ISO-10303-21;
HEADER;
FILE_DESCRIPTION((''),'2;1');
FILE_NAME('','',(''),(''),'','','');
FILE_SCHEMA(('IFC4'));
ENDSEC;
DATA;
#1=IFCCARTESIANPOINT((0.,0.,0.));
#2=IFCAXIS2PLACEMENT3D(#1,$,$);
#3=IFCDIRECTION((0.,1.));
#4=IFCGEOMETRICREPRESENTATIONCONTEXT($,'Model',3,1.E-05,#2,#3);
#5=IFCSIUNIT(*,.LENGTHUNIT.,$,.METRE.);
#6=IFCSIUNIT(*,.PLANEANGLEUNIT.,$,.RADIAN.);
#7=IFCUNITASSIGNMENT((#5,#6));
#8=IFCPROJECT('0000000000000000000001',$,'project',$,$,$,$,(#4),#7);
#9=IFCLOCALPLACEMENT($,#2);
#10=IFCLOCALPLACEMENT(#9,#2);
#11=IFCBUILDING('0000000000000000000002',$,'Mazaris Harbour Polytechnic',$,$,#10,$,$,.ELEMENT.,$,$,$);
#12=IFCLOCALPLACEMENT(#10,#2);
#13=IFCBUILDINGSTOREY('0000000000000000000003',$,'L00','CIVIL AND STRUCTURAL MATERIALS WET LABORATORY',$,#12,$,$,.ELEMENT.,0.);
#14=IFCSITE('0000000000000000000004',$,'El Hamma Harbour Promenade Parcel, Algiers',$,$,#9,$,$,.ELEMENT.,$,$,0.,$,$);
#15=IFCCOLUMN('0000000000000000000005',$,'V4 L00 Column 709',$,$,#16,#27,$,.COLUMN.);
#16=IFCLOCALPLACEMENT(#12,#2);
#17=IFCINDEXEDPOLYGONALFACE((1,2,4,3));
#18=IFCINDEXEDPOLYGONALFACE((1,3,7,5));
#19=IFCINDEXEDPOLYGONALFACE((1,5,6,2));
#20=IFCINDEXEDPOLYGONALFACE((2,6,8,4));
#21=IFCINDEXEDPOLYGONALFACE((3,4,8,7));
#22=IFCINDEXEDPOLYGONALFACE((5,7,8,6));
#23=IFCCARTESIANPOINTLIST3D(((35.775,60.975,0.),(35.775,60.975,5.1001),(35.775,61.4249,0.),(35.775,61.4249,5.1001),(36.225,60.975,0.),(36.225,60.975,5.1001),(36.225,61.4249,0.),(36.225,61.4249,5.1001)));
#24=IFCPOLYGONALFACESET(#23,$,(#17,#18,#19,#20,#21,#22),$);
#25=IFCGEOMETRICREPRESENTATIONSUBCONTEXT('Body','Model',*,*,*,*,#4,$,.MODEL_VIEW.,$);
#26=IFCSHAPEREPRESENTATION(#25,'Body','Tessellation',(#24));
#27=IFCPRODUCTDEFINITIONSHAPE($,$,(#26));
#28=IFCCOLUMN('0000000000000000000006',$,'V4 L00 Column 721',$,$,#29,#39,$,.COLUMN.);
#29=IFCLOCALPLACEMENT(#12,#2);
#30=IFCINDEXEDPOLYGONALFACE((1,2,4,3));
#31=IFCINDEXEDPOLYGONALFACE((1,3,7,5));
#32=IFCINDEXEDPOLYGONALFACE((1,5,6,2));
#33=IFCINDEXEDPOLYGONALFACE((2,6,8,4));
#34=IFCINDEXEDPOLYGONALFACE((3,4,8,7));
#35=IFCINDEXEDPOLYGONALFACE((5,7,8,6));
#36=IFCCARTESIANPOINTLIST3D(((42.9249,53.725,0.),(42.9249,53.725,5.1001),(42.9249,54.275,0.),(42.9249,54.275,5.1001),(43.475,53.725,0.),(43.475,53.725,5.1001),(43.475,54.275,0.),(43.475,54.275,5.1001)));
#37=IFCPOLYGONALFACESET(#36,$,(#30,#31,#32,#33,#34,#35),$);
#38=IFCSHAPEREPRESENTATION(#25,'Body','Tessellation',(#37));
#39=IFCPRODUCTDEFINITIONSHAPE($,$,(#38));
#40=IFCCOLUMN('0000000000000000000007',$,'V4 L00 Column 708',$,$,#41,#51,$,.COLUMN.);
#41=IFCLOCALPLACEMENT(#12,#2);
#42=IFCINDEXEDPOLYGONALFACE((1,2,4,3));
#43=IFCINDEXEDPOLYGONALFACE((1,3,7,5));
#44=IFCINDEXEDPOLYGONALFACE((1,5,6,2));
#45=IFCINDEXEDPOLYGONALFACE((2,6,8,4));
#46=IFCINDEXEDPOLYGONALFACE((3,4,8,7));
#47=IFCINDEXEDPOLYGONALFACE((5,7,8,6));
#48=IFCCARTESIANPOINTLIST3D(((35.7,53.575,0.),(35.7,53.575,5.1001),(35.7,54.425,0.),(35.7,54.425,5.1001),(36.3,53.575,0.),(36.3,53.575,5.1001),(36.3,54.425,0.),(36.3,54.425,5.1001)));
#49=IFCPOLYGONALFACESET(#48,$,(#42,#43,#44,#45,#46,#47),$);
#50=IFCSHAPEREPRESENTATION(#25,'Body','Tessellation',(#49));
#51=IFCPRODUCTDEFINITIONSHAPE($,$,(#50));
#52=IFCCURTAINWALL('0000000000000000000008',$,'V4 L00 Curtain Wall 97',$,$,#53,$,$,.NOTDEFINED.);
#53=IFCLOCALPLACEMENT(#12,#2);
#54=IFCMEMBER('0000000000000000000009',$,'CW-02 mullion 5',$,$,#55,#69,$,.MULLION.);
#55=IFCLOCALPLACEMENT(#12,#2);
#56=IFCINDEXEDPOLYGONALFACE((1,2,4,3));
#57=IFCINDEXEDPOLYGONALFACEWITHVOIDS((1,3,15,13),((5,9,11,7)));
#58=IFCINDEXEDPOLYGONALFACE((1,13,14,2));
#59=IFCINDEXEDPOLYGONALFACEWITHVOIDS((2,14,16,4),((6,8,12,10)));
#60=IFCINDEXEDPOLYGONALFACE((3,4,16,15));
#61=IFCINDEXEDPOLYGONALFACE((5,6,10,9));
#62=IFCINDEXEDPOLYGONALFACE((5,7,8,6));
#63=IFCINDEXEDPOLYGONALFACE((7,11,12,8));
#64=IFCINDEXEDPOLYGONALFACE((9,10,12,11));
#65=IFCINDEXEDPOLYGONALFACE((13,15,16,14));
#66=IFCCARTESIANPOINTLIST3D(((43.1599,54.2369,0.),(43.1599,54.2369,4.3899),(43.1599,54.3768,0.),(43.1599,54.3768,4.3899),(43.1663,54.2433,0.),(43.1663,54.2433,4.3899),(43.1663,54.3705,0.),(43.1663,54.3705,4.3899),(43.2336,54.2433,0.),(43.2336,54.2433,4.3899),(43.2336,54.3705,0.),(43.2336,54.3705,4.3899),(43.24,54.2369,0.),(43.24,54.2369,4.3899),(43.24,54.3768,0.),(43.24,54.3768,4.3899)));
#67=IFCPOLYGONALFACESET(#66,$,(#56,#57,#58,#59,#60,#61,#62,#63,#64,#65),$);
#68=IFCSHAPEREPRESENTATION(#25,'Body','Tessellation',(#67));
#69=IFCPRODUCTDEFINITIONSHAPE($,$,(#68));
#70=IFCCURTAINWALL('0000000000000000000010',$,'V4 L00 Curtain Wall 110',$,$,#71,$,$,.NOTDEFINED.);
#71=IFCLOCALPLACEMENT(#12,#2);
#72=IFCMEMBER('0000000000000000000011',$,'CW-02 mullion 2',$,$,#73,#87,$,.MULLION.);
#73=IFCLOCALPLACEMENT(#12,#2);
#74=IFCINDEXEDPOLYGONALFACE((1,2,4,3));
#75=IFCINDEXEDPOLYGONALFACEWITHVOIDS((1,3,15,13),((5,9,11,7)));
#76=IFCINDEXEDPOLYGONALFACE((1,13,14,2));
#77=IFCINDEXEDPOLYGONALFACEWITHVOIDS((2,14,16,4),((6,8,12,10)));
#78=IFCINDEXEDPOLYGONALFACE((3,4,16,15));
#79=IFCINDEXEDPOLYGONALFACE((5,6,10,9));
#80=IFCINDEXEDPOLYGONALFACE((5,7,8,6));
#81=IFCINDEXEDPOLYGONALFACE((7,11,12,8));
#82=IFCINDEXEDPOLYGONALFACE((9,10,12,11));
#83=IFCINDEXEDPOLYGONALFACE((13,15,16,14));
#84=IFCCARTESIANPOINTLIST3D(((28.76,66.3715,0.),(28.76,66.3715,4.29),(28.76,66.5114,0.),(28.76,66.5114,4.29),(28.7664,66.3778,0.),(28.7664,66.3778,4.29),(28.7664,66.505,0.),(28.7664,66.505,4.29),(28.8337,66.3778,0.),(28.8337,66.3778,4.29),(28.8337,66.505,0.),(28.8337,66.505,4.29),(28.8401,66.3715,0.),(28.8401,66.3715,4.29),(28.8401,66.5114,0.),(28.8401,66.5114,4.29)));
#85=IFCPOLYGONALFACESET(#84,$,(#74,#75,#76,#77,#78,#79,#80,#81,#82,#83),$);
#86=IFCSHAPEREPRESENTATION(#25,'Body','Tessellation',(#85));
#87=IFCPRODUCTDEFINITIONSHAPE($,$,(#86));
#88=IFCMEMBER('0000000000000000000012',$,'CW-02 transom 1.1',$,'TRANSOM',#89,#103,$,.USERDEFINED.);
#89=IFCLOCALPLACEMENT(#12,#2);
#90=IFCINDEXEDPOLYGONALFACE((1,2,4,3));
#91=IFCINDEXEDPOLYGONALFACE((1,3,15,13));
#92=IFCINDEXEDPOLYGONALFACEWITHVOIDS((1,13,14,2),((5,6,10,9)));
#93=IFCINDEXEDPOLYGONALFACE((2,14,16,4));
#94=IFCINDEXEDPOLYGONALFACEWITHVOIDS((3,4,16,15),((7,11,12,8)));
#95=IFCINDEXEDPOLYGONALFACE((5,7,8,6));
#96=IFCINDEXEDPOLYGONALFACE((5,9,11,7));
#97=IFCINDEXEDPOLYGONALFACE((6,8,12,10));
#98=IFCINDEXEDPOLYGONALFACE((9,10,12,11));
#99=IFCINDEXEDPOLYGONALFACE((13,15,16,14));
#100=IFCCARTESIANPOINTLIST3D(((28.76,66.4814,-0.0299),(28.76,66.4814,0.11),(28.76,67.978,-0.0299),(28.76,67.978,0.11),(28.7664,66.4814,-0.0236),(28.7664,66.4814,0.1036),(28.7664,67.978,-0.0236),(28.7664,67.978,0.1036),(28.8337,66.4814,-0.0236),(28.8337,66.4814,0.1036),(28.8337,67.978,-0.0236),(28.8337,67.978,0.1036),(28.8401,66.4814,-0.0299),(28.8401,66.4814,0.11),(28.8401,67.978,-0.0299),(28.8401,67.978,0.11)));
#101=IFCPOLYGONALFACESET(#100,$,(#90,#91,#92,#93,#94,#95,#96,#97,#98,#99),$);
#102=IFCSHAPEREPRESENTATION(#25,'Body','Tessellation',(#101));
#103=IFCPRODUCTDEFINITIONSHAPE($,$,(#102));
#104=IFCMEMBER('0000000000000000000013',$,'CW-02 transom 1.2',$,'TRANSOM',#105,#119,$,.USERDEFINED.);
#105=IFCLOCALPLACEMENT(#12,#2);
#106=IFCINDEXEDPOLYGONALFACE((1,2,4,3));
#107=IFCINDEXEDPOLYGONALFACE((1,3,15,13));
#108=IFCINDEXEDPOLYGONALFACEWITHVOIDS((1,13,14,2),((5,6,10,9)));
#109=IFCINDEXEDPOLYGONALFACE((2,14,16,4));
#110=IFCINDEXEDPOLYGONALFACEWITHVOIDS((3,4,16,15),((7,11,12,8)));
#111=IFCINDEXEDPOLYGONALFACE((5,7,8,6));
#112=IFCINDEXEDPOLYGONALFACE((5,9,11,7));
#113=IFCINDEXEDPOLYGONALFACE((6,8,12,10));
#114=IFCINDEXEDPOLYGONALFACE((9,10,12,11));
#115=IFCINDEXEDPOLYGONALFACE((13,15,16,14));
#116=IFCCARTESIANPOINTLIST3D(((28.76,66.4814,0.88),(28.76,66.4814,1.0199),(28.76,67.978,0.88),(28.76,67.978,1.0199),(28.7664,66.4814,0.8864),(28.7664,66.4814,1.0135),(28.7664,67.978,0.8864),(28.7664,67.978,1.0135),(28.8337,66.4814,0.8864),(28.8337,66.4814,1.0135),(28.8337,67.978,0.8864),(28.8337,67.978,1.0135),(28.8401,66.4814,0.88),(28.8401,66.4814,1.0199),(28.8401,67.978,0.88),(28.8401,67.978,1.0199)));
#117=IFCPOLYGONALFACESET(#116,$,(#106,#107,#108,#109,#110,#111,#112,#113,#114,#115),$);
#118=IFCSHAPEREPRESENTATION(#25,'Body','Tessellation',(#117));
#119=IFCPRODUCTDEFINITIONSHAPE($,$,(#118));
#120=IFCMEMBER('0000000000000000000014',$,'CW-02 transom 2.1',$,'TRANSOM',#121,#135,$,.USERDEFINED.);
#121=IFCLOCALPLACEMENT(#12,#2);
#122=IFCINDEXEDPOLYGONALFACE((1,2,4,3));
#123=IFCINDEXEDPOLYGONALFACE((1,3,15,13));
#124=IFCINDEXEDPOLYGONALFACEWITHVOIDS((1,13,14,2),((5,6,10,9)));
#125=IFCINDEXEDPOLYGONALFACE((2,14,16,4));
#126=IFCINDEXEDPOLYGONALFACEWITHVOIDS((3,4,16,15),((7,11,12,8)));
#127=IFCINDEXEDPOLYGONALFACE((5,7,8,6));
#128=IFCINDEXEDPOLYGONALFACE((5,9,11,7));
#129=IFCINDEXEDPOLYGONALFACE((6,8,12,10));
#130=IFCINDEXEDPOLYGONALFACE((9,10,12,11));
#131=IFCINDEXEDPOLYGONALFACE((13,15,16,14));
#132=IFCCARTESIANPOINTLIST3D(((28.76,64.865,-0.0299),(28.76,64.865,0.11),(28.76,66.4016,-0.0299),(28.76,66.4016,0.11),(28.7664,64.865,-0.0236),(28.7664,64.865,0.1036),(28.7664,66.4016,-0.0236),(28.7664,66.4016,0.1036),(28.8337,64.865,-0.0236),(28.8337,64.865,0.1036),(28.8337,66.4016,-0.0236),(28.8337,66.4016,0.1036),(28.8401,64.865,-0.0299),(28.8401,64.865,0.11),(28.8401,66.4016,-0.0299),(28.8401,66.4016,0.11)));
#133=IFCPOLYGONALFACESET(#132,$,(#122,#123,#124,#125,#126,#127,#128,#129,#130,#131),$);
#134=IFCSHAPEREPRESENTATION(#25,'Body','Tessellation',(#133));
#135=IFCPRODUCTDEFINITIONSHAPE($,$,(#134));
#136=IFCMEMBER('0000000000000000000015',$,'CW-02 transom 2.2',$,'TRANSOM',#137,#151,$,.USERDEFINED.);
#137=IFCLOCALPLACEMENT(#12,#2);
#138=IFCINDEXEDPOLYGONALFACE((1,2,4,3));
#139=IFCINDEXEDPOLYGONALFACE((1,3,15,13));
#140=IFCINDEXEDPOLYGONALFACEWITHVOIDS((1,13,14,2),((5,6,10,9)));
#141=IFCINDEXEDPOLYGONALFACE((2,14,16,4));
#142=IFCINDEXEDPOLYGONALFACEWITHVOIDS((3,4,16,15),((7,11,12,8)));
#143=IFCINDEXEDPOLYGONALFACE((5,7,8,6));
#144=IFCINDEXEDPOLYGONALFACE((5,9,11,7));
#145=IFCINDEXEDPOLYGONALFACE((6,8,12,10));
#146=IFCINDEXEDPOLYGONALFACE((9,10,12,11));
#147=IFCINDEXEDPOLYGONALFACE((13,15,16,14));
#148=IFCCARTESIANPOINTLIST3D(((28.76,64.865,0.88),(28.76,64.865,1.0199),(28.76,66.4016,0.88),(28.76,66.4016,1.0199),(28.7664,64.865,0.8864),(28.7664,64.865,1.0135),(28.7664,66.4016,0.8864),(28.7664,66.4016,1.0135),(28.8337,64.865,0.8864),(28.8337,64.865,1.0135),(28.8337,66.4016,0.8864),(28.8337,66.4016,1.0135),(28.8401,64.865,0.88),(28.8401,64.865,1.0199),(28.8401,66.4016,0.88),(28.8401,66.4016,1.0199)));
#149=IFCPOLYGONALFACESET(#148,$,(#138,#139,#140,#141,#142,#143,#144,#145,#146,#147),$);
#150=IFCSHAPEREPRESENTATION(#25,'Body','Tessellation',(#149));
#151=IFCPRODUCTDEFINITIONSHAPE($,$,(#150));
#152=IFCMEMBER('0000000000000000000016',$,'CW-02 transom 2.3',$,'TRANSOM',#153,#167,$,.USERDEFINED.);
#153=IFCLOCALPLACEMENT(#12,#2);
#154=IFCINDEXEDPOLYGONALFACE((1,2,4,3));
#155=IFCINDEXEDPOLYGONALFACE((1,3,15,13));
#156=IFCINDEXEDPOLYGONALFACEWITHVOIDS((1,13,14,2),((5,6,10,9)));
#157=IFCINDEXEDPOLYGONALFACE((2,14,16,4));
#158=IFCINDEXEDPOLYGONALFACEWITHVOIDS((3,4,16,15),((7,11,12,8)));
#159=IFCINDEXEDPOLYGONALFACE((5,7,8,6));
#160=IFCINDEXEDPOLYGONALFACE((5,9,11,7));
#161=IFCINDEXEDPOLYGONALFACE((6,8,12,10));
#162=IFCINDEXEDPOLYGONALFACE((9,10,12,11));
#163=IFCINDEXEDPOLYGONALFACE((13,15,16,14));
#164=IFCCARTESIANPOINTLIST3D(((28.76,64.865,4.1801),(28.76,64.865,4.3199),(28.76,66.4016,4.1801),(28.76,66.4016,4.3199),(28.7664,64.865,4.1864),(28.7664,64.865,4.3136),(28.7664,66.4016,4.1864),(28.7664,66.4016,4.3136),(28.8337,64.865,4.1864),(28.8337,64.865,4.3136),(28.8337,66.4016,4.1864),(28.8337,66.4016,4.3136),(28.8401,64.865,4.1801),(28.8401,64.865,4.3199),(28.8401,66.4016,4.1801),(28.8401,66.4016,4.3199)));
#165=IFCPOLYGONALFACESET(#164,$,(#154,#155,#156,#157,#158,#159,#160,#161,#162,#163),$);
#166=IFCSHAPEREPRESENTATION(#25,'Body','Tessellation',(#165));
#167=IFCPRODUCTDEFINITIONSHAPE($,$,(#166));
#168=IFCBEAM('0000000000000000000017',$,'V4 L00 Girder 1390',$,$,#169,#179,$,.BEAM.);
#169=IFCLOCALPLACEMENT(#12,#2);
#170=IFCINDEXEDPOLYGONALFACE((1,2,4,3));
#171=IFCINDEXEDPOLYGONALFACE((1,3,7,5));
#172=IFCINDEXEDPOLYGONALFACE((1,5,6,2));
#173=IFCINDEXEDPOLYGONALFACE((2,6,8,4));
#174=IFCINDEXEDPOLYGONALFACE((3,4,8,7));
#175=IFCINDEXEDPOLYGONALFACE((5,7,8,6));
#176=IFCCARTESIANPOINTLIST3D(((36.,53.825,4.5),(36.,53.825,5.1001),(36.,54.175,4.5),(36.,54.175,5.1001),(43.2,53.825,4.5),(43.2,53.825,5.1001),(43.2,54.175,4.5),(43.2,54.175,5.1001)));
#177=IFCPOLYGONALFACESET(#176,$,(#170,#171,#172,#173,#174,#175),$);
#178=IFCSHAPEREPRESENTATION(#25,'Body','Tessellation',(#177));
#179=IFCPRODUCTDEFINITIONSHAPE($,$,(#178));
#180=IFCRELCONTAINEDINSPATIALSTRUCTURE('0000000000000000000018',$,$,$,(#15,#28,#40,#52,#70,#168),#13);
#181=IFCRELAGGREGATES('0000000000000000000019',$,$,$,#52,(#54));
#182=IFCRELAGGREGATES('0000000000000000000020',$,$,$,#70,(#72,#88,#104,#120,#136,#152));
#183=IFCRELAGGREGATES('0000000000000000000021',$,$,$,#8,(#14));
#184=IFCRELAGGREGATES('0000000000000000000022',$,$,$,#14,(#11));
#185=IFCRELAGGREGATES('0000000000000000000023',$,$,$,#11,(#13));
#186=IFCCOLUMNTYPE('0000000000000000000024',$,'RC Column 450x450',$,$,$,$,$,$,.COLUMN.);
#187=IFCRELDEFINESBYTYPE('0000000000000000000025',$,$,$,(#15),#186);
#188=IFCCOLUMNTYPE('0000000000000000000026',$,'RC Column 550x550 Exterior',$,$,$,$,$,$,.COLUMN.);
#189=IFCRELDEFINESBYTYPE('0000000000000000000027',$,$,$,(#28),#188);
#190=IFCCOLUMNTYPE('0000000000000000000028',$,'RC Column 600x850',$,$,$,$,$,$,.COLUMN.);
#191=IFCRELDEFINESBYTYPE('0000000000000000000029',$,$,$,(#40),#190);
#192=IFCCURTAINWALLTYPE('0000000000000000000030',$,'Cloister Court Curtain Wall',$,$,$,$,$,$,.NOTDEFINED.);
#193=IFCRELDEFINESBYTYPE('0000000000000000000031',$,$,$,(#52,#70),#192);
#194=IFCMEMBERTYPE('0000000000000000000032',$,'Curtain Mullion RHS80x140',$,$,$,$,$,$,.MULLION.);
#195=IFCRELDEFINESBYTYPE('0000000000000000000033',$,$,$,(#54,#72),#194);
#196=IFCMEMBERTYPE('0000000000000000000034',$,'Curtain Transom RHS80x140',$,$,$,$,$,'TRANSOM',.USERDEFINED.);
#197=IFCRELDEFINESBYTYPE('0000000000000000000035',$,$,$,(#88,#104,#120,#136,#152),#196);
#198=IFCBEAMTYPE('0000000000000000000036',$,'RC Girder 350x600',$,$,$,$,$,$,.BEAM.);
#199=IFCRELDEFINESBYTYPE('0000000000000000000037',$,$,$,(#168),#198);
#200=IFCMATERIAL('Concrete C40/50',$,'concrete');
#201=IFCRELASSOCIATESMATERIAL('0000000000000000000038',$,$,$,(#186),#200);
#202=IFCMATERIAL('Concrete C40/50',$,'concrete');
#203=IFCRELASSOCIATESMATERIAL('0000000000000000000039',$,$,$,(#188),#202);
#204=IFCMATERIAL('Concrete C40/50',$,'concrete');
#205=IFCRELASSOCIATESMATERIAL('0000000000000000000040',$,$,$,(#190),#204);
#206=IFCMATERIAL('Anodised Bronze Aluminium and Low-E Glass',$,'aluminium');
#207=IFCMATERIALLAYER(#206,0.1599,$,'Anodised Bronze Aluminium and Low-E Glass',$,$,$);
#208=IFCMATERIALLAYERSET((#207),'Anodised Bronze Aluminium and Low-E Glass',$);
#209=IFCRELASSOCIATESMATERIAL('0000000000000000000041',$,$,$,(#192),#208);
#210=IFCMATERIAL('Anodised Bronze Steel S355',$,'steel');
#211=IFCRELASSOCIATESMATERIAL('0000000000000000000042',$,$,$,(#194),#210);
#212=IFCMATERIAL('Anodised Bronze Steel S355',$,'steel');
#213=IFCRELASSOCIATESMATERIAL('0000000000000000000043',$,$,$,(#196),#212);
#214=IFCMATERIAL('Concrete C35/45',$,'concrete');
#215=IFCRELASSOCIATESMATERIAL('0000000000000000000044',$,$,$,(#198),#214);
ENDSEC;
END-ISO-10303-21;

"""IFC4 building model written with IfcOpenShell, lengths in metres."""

from ifc_helpers import new_model, si_unit, direction, frame, origin, origin_2d, place, context, subcontext, project, spatial, rectangle, hollow_rectangle, extrude, material, layer, layer_set, material_profile, profile_set, type_object, element, aggregate, save


model = new_model("IFC4")

# Units and contexts
model_context = context("Model", 3, precision=1e-05, world=origin(), true_north=direction((0.0, 1.0)))
body_context = subcontext(model_context, "Body", "Model", "MODEL_VIEW")
ifc_project = project(units=[si_unit("LENGTHUNIT", "METRE"), si_unit("PLANEANGLEUNIT", "RADIAN")], contexts=[model_context])

# Site, building, storey
site_placement = place(None, origin())
site = spatial("IfcSite", under=ifc_project, at=site_placement, Name="El Hamma Harbour Promenade Parcel, Algiers", CompositionType="ELEMENT", RefElevation=0.0)
building_placement = place(site_placement, origin())
building = spatial("IfcBuilding", under=site, at=building_placement, Name="Mazaris Harbour Polytechnic", CompositionType="ELEMENT")
storey_placement = place(building_placement, origin())
storey = spatial("IfcBuildingStorey", under=building, at=storey_placement, Name="L00", Description="CIVIL AND STRUCTURAL MATERIALS WET LABORATORY", CompositionType="ELEMENT", Elevation=0.0)

# Columns
ifc_material_1 = material(Name="Concrete C40/50", Category="concrete")
ifc_material_profile_1 = material_profile(ifc_material_1, rectangle(XDim=0.45, YDim=0.45, at=origin_2d()), Name="RECT450x450")
ifc_profile_set_1 = profile_set([ifc_material_profile_1], Name="Concrete C40/50")
column_type_1 = type_object("IfcColumnType", Name="RC Column 450x450", PredefinedType="COLUMN", material=ifc_profile_set_1)
column_1_placement = place(storey_placement, frame((36.0, 61.2, 0.0), z_axis=(0.0, 0.0, 1.0), x_axis=(1.0, 0.0, 0.0)))
element("IfcColumn", 1, at=column_1_placement, inside=storey, type_object=column_type_1, Name="V4 L00 Column 709", PredefinedType="COLUMN", context=body_context, shape_type="SweptSolid", body=[
    extrude(rectangle(XDim=0.45, YDim=0.45, at=origin_2d()), origin(), (0.0, 0.0, 1.0), 5.1001),
])
ifc_material_2 = material(Name="Concrete C40/50", Category="concrete")
ifc_material_profile_2 = material_profile(ifc_material_2, rectangle(XDim=0.55, YDim=0.55, at=origin_2d()), Name="RECT550x550")
ifc_profile_set_2 = profile_set([ifc_material_profile_2], Name="Concrete C40/50")
column_type_2 = type_object("IfcColumnType", Name="RC Column 550x550 Exterior", PredefinedType="COLUMN", material=ifc_profile_set_2)
column_2_placement = place(storey_placement, frame((43.2, 54.0, 0.0), z_axis=(0.0, 0.0, 1.0), x_axis=(1.0, 0.0, 0.0)))
element("IfcColumn", 2, at=column_2_placement, inside=storey, type_object=column_type_2, Name="V4 L00 Column 721", PredefinedType="COLUMN", context=body_context, shape_type="SweptSolid", body=[
    extrude(rectangle(XDim=0.55, YDim=0.55, at=origin_2d()), origin(), (0.0, 0.0, 1.0), 5.1001),
])
ifc_material_3 = material(Name="Concrete C40/50", Category="concrete")
ifc_material_profile_3 = material_profile(ifc_material_3, rectangle(XDim=0.6001, YDim=0.8501, at=origin_2d()), Name="RECT600x850")
ifc_profile_set_3 = profile_set([ifc_material_profile_3], Name="Concrete C40/50")
column_type_3 = type_object("IfcColumnType", Name="RC Column 600x850", PredefinedType="COLUMN", material=ifc_profile_set_3)
column_3_placement = place(storey_placement, frame((36.0, 54.0, 0.0), z_axis=(0.0, 0.0, 1.0), x_axis=(1.0, 0.0, 0.0)))
element("IfcColumn", 3, at=column_3_placement, inside=storey, type_object=column_type_3, Name="V4 L00 Column 708", PredefinedType="COLUMN", context=body_context, shape_type="SweptSolid", body=[
    extrude(rectangle(XDim=0.6001, YDim=0.8501, at=origin_2d()), origin(), (0.0, 0.0, 1.0), 5.1001),
])

# Curtain wall, member
ifc_material_4 = material(Name="Anodised Bronze Aluminium and Low-E Glass", Category="aluminium")
ifc_layer_1 = layer(ifc_material_4, 0.1599, Name="Anodised Bronze Aluminium and Low-E Glass")
ifc_layer_set_1 = layer_set([ifc_layer_1], Name="Anodised Bronze Aluminium and Low-E Glass")
curtain_wall_type = type_object("IfcCurtainWallType", Name="Cloister Court Curtain Wall", PredefinedType="NOTDEFINED", material=ifc_layer_set_1)
curtain_wall_1_placement = place(storey_placement, origin())
curtain_wall_1 = element("IfcCurtainWall", 4, at=curtain_wall_1_placement, inside=storey, type_object=curtain_wall_type, Name="V4 L00 Curtain Wall 97", PredefinedType="NOTDEFINED")
ifc_material_5 = material(Name="Anodised Bronze Steel S355", Category="steel")
ifc_material_profile_4 = material_profile(ifc_material_5, hollow_rectangle(XDim=0.0801, YDim=0.1399, WallThickness=0.0063, at=origin_2d()), Name="RHS 80x140x6.3")
ifc_profile_set_4 = profile_set([ifc_material_profile_4], Name="Anodised Bronze Steel S355")
member_type_1 = type_object("IfcMemberType", Name="Curtain Mullion RHS80x140", PredefinedType="MULLION", material=ifc_profile_set_4)
member_1_placement = place(storey_placement, frame((43.2, 54.3069, 0.0), z_axis=(0.0, 0.0, 1.0), x_axis=(1.0, 0.0, 0.0)))
member_1 = element("IfcMember", 5, at=member_1_placement, type_object=member_type_1, Name="CW-02 mullion 5", PredefinedType="MULLION", context=body_context, shape_type="SweptSolid", body=[
    extrude(hollow_rectangle(XDim=0.0801, YDim=0.1399, WallThickness=0.0063, at=origin_2d()), origin(), (0.0, 0.0, 1.0), 4.3899),
])

# Curtain wall, members
curtain_wall_2_placement = place(storey_placement, origin())
curtain_wall_2 = element("IfcCurtainWall", 6, at=curtain_wall_2_placement, inside=storey, type_object=curtain_wall_type, Name="V4 L00 Curtain Wall 110", PredefinedType="NOTDEFINED")
member_2_placement = place(storey_placement, frame((28.8, 66.4414, 0.0), z_axis=(0.0, 0.0, 1.0), x_axis=(1.0, 0.0, 0.0)))
member_2 = element("IfcMember", 7, at=member_2_placement, type_object=member_type_1, Name="CW-02 mullion 2", PredefinedType="MULLION", context=body_context, shape_type="SweptSolid", body=[
    extrude(hollow_rectangle(XDim=0.0801, YDim=0.1399, WallThickness=0.0063, at=origin_2d()), origin(), (0.0, 0.0, 1.0), 4.29),
])
ifc_material_6 = material(Name="Anodised Bronze Steel S355", Category="steel")
ifc_material_profile_5 = material_profile(ifc_material_6, hollow_rectangle(XDim=0.0801, YDim=0.1399, WallThickness=0.0063, at=origin_2d()), Name="RHS 80x140x6.3")
ifc_profile_set_5 = profile_set([ifc_material_profile_5], Name="Anodised Bronze Steel S355")
member_type_2 = type_object("IfcMemberType", Name="Curtain Transom RHS80x140", ElementType="TRANSOM", PredefinedType="USERDEFINED", material=ifc_profile_set_5)
member_3_placement = place(storey_placement, frame((28.8, 67.978, 0.04), z_axis=(0.0, -1.0, 0.0), x_axis=(1.0, 0.0, 0.0)))
member_3 = element("IfcMember", 8, at=member_3_placement, type_object=member_type_2, Name="CW-02 transom 1.1", ObjectType="TRANSOM", PredefinedType="USERDEFINED", context=body_context, shape_type="SweptSolid", body=[
    extrude(hollow_rectangle(XDim=0.0801, YDim=0.1399, WallThickness=0.0063, at=origin_2d()), origin(), (0.0, 0.0, 1.0), 1.4966),
])
member_4_placement = place(storey_placement, frame((28.8, 67.978, 0.95), z_axis=(0.0, -1.0, 0.0), x_axis=(1.0, 0.0, 0.0)))
member_4 = element("IfcMember", 9, at=member_4_placement, type_object=member_type_2, Name="CW-02 transom 1.2", ObjectType="TRANSOM", PredefinedType="USERDEFINED", context=body_context, shape_type="SweptSolid", body=[
    extrude(hollow_rectangle(XDim=0.0801, YDim=0.1399, WallThickness=0.0063, at=origin_2d()), origin(), (0.0, 0.0, 1.0), 1.4966),
])
member_5_placement = place(storey_placement, frame((28.8, 66.4016, 0.04), z_axis=(0.0, -1.0, 0.0), x_axis=(1.0, 0.0, 0.0)))
member_5 = element("IfcMember", 10, at=member_5_placement, type_object=member_type_2, Name="CW-02 transom 2.1", ObjectType="TRANSOM", PredefinedType="USERDEFINED", context=body_context, shape_type="SweptSolid", body=[
    extrude(hollow_rectangle(XDim=0.0801, YDim=0.1399, WallThickness=0.0063, at=origin_2d()), origin(), (0.0, 0.0, 1.0), 1.5366),
])
member_6_placement = place(storey_placement, frame((28.8, 66.4016, 0.95), z_axis=(0.0, -1.0, 0.0), x_axis=(1.0, 0.0, 0.0)))
member_6 = element("IfcMember", 11, at=member_6_placement, type_object=member_type_2, Name="CW-02 transom 2.2", ObjectType="TRANSOM", PredefinedType="USERDEFINED", context=body_context, shape_type="SweptSolid", body=[
    extrude(hollow_rectangle(XDim=0.0801, YDim=0.1399, WallThickness=0.0063, at=origin_2d()), origin(), (0.0, 0.0, 1.0), 1.5366),
])
member_7_placement = place(storey_placement, frame((28.8, 66.4016, 4.25), z_axis=(0.0, -1.0, 0.0), x_axis=(1.0, 0.0, 0.0)))
member_7 = element("IfcMember", 12, at=member_7_placement, type_object=member_type_2, Name="CW-02 transom 2.3", ObjectType="TRANSOM", PredefinedType="USERDEFINED", context=body_context, shape_type="SweptSolid", body=[
    extrude(hollow_rectangle(XDim=0.0801, YDim=0.1399, WallThickness=0.0063, at=origin_2d()), origin(), (0.0, 0.0, 1.0), 1.5366),
])

# Beam
ifc_material_7 = material(Name="Concrete C35/45", Category="concrete")
ifc_material_profile_6 = material_profile(ifc_material_7, rectangle(XDim=0.3501, YDim=0.6001, at=origin_2d()), Name="RECT350x600")
ifc_profile_set_6 = profile_set([ifc_material_profile_6], Name="Concrete C35/45")
beam_type_1 = type_object("IfcBeamType", Name="RC Girder 350x600", PredefinedType="BEAM", material=ifc_profile_set_6)
for number, where, z_axis, x_axis, name in (
    (13, (36.0, 54.0, 4.8), (1.0, 0.0, 0.0), (0.0, 1.0, 0.0), "V4 L00 Girder 1390"),
):
    element("IfcBeam", number, at=place(storey_placement, frame(where, z_axis=z_axis, x_axis=x_axis)), inside=storey, type_object=beam_type_1, Name=name, PredefinedType="BEAM", context=body_context, shape_type="SweptSolid", body=[
        extrude(rectangle(XDim=0.3501, YDim=0.6001, at=origin_2d()), origin(), (0.0, 0.0, 1.0), 7.2),
    ])

aggregate(curtain_wall_1, [member_1])
aggregate(curtain_wall_2, [member_2, member_3, member_4, member_5, member_6, member_7])

save(model, "model.ifc")
